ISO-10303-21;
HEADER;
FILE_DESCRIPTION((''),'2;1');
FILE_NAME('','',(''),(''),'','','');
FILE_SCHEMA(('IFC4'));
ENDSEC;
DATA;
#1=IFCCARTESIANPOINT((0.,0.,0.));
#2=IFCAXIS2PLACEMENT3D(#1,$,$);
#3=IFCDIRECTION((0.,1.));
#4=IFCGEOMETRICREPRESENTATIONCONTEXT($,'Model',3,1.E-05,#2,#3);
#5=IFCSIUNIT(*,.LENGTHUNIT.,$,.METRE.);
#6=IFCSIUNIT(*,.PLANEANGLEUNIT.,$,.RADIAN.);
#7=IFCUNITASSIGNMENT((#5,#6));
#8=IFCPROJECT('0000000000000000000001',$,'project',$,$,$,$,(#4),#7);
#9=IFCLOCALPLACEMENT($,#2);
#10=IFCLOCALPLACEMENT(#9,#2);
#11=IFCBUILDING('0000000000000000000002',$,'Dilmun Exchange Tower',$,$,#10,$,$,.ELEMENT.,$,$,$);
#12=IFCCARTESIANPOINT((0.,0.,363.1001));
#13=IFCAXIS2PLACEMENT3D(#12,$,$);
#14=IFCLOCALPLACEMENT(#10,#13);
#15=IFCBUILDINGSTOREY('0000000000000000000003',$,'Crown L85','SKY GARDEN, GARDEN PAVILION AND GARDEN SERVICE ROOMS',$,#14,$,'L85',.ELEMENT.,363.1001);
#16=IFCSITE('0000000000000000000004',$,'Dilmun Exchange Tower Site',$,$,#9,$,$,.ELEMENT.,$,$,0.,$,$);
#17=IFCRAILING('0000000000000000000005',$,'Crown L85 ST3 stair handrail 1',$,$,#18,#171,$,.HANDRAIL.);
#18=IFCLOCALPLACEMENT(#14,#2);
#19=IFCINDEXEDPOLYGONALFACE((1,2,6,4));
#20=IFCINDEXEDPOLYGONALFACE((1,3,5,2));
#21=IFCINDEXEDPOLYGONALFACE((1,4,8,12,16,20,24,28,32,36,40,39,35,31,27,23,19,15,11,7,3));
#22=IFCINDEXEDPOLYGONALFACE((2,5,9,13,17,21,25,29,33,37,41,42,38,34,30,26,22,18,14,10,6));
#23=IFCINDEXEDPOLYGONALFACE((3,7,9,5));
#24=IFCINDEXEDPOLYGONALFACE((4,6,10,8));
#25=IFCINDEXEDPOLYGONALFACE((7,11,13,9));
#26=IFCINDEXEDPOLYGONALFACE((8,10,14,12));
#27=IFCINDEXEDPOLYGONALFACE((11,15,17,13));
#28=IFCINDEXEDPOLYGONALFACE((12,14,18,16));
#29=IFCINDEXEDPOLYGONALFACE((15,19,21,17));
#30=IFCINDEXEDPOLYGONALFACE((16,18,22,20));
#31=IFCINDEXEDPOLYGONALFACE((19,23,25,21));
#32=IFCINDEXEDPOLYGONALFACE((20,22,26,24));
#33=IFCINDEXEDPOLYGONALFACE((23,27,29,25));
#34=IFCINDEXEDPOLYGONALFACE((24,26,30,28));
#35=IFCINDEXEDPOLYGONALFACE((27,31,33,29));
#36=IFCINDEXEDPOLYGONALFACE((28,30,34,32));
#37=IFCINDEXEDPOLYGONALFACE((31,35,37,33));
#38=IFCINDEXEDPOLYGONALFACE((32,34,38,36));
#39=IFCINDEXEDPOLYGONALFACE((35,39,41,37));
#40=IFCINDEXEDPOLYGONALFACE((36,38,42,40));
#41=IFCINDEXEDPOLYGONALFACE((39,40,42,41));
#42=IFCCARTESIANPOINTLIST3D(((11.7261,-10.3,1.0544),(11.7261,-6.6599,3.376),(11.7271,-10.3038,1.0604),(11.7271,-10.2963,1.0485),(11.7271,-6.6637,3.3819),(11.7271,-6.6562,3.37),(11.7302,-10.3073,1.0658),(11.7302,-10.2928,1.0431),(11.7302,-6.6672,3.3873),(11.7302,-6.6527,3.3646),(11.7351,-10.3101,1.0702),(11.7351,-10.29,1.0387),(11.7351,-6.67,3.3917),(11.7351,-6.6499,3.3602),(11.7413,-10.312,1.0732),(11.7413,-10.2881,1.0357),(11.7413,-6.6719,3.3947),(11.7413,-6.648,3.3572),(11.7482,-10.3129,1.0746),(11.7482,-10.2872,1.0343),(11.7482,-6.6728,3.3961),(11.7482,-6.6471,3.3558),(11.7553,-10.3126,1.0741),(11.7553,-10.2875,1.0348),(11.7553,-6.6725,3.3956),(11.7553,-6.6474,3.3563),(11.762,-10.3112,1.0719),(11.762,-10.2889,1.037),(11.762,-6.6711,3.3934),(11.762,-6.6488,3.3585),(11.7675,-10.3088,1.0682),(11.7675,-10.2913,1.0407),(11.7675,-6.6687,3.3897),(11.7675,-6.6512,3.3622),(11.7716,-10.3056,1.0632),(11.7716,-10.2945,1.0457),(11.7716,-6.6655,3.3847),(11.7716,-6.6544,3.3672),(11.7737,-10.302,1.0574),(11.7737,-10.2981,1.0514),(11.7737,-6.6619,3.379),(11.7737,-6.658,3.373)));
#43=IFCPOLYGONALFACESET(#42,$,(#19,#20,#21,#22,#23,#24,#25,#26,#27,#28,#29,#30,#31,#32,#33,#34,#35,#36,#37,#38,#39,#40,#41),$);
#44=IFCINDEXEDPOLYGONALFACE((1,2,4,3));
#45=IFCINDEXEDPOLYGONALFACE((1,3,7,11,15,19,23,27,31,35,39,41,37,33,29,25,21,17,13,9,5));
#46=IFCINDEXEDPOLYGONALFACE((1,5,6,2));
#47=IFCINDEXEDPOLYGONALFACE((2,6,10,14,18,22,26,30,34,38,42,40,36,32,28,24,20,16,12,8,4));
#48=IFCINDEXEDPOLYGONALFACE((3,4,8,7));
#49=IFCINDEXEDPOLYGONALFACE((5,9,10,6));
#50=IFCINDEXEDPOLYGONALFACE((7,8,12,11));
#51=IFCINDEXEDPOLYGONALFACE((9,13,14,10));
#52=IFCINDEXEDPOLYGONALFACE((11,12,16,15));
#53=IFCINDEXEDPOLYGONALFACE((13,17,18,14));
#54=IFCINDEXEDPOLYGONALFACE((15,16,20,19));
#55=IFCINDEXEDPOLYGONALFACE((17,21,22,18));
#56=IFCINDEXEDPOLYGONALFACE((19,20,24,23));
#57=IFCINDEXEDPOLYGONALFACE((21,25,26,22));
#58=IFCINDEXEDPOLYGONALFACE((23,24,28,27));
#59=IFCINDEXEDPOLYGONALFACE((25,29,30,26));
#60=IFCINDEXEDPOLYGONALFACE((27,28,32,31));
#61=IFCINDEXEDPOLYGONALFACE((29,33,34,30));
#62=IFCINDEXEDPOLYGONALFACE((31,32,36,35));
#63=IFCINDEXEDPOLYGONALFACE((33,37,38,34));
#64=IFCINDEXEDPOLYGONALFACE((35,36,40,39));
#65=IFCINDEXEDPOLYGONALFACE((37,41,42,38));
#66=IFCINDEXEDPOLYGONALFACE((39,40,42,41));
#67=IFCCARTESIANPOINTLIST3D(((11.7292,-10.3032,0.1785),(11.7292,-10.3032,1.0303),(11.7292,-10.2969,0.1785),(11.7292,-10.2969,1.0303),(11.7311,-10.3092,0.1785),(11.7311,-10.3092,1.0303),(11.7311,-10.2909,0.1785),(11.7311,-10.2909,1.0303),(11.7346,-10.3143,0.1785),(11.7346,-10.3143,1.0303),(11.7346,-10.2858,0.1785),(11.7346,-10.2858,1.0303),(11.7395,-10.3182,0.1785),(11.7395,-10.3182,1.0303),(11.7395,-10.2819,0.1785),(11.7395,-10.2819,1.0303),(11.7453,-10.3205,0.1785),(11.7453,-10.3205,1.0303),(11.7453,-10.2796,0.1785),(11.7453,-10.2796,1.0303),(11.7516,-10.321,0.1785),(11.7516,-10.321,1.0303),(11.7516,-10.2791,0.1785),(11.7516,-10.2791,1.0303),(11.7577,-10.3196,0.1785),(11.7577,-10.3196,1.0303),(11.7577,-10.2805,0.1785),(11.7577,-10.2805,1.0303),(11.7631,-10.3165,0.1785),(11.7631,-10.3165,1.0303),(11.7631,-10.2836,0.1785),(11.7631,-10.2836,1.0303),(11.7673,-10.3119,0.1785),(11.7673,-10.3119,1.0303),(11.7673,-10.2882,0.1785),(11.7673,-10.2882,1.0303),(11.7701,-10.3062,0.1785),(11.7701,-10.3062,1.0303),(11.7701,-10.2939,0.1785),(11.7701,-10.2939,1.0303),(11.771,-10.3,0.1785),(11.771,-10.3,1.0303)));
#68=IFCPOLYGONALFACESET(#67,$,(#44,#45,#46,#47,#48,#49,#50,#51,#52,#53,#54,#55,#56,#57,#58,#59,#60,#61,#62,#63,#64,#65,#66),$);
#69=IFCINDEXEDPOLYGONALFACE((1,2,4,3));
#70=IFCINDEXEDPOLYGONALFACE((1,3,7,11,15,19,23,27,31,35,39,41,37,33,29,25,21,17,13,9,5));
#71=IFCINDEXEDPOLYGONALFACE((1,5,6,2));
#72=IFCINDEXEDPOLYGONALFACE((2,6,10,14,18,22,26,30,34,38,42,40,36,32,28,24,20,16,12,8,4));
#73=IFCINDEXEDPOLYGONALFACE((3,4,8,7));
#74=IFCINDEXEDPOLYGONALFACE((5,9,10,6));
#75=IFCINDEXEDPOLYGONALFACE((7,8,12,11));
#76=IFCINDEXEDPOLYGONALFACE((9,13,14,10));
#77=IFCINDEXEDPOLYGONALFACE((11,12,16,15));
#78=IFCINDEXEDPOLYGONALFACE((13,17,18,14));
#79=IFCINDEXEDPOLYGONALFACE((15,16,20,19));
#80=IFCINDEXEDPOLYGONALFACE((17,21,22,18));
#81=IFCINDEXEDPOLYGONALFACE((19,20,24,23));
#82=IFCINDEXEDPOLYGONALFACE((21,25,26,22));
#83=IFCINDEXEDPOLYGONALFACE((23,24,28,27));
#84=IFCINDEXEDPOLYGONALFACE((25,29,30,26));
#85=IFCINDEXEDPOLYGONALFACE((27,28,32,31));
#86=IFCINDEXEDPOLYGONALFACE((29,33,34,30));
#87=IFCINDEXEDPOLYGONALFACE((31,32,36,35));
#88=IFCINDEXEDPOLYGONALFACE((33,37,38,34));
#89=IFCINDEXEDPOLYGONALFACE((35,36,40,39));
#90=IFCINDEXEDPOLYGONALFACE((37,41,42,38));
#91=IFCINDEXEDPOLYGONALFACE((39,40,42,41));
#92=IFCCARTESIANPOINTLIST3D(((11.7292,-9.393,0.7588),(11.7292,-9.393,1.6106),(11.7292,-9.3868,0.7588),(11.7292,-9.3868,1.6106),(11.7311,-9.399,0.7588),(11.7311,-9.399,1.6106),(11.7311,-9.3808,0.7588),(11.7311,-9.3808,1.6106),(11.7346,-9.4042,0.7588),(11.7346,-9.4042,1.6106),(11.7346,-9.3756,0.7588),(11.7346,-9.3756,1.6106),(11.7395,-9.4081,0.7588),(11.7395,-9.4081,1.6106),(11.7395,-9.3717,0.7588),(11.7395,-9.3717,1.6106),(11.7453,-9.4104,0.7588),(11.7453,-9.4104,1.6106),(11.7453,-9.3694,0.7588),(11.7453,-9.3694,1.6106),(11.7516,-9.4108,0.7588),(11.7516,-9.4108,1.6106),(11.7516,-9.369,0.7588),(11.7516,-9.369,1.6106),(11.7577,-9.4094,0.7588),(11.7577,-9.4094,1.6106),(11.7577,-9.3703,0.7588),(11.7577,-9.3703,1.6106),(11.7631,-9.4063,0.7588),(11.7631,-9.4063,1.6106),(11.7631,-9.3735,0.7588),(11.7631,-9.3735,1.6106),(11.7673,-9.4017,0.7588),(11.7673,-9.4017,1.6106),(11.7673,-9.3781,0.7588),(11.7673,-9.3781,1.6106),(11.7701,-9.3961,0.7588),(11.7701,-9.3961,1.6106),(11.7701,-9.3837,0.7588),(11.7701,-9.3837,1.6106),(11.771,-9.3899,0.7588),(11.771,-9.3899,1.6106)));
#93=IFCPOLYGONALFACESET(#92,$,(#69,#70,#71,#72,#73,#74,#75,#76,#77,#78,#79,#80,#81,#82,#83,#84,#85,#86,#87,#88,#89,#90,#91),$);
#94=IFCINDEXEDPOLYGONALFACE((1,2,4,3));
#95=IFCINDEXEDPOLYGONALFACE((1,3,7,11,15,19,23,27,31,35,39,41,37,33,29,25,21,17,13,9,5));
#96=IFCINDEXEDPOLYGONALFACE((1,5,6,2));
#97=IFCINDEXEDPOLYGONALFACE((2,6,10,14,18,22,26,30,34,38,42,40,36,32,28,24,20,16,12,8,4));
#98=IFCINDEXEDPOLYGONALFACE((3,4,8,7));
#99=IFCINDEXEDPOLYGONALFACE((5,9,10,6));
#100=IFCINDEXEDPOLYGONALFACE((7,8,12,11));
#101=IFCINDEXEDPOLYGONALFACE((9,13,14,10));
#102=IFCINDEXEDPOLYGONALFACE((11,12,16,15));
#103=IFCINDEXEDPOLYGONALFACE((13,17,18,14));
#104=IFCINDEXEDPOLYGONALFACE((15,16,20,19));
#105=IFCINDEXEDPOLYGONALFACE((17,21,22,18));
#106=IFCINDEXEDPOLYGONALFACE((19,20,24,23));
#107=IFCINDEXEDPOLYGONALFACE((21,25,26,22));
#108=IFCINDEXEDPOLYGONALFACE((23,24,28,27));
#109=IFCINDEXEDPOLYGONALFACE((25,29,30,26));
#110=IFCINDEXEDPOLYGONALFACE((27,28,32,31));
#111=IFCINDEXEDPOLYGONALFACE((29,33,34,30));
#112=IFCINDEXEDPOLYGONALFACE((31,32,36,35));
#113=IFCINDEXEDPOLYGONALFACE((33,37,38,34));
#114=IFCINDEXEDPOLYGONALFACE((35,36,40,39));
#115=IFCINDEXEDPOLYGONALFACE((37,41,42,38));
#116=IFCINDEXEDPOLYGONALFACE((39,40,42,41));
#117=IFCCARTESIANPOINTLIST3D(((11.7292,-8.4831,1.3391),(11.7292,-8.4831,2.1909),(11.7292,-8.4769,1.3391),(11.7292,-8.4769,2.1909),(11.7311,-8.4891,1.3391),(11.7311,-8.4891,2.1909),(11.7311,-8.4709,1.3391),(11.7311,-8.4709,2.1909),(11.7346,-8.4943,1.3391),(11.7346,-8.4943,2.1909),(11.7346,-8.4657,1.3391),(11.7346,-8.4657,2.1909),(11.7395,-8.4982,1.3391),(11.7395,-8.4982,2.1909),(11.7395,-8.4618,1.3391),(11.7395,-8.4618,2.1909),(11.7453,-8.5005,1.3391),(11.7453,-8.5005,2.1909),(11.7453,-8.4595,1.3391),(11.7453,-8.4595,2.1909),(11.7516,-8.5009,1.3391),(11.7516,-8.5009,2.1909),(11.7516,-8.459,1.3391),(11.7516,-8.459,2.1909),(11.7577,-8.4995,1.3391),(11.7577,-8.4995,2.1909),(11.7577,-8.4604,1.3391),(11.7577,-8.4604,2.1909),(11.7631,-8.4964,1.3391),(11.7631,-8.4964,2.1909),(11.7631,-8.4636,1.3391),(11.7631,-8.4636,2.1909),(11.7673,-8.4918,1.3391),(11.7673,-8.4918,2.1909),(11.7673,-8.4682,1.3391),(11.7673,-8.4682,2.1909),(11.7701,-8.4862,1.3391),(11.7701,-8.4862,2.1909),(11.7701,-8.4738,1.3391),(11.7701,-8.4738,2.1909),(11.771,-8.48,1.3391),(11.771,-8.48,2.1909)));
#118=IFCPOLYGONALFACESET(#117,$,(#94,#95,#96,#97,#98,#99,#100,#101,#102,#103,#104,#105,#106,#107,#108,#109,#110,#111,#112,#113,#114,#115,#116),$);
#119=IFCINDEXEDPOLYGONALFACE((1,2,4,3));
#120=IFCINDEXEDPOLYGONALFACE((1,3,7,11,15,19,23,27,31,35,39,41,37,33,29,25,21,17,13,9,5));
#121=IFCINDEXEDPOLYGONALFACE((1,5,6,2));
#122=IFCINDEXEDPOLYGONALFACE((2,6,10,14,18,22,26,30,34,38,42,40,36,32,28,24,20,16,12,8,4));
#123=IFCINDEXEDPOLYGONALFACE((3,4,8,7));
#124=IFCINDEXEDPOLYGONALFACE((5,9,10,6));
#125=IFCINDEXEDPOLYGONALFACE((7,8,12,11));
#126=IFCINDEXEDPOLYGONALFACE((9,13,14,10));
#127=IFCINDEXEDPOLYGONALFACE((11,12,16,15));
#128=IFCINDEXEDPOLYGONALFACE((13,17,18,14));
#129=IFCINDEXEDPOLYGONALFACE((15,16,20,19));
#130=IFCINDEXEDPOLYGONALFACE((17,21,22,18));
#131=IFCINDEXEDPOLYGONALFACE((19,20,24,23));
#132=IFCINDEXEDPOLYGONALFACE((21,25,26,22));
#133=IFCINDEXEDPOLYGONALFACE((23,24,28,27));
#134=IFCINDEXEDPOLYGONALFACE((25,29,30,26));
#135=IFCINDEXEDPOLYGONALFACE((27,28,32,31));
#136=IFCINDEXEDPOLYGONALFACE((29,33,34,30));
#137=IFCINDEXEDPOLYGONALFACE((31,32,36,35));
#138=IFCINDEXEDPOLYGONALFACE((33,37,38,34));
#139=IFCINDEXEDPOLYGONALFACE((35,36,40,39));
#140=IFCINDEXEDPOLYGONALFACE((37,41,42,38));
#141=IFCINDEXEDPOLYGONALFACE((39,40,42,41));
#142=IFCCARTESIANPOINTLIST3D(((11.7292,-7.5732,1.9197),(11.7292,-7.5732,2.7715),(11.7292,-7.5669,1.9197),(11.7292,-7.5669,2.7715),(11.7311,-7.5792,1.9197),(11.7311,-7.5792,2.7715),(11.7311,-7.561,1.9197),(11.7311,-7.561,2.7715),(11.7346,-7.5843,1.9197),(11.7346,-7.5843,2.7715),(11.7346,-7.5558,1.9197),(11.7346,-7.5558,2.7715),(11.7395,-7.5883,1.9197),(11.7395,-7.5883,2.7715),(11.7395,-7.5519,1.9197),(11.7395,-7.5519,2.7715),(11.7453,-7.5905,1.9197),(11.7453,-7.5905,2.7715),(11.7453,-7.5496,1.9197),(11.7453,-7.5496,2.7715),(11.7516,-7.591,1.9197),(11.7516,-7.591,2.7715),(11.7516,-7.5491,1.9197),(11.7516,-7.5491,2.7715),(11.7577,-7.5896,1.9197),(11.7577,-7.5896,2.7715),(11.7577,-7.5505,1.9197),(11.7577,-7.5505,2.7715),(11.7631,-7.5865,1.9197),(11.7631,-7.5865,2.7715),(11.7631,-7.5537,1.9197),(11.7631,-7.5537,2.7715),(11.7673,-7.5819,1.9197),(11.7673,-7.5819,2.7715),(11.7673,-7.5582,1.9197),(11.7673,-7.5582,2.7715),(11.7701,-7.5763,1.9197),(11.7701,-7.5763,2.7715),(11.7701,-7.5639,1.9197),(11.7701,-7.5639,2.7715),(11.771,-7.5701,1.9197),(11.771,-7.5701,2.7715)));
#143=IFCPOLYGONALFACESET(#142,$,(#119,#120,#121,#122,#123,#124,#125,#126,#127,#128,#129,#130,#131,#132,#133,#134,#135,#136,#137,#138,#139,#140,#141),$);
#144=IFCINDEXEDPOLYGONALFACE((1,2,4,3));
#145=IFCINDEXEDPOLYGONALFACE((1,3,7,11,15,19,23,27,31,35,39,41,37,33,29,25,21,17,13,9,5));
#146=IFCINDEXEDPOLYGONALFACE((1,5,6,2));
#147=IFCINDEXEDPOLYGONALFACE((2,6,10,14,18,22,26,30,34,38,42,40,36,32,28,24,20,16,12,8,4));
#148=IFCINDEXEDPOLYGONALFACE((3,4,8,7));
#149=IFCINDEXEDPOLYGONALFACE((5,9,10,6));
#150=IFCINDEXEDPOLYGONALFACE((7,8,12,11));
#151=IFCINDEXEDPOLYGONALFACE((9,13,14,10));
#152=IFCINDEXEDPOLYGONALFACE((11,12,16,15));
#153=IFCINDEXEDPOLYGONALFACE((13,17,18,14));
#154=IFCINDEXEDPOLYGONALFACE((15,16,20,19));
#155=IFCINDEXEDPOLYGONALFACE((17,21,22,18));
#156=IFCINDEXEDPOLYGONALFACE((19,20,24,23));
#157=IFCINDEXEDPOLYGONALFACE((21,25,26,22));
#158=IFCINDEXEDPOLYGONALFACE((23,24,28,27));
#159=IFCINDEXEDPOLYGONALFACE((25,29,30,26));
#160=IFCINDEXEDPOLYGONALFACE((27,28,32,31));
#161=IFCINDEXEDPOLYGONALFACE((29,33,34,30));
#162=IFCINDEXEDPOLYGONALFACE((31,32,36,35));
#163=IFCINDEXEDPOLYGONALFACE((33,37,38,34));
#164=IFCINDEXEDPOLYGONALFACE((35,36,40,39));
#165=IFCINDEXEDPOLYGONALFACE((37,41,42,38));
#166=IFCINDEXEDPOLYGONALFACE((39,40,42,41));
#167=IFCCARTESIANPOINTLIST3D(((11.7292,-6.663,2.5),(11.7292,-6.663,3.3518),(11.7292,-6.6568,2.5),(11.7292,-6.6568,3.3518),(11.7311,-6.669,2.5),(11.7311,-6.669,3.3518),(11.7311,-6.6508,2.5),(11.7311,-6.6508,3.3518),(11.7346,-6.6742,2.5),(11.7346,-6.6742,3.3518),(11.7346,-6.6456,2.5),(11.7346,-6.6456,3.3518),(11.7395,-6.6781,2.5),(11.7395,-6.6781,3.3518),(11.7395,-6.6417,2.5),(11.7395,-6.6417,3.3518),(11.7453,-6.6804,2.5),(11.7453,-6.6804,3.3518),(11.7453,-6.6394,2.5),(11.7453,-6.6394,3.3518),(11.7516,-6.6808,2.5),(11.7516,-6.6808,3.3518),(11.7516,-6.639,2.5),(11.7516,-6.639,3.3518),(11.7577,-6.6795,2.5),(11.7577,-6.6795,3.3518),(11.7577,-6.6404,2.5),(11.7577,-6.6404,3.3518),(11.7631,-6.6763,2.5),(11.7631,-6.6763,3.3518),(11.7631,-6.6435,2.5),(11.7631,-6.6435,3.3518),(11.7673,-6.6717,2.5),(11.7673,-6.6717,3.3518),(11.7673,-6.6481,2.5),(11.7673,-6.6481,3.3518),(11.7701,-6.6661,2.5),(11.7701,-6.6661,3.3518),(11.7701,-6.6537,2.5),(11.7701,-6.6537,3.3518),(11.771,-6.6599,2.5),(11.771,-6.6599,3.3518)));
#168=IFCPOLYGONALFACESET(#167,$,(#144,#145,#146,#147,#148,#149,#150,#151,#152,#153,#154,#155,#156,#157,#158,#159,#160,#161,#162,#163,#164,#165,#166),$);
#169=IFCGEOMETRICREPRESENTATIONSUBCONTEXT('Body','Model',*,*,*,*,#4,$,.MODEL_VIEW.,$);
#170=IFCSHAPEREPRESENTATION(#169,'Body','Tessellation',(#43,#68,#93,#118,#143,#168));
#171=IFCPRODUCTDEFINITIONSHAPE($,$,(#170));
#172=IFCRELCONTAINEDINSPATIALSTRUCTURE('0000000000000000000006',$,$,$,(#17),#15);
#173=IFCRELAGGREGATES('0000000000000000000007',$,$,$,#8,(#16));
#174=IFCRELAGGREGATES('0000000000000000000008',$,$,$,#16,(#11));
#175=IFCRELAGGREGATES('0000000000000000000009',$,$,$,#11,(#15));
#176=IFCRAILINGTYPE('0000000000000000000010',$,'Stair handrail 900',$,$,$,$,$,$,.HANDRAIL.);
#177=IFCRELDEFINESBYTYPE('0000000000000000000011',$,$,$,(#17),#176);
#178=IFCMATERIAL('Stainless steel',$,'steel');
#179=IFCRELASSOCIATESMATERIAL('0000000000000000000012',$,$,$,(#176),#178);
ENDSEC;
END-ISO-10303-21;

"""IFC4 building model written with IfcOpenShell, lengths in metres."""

from ifc_helpers import new_model, si_unit, direction, frame, origin, origin_2d, place, context, subcontext, project, spatial, circle, extrude, material, type_object, element, save


model = new_model("IFC4")

# Units and contexts
model_context = context("Model", 3, precision=1e-05, world=origin(), true_north=direction((0.0, 1.0)))
body_context = subcontext(model_context, "Body", "Model", "MODEL_VIEW")
ifc_project = project(units=[si_unit("LENGTHUNIT", "METRE"), si_unit("PLANEANGLEUNIT", "RADIAN")], contexts=[model_context])

# Site, building, storey
site_placement = place(None, origin())
site = spatial("IfcSite", under=ifc_project, at=site_placement, Name="Dilmun Exchange Tower Site", CompositionType="ELEMENT", RefElevation=0.0)
building_placement = place(site_placement, origin())
building = spatial("IfcBuilding", under=site, at=building_placement, Name="Dilmun Exchange Tower", CompositionType="ELEMENT")
storey_placement = place(building_placement, frame((0.0, 0.0, 363.1001)))
storey = spatial("IfcBuildingStorey", under=building, at=storey_placement, Name="Crown L85", Description="SKY GARDEN, GARDEN PAVILION AND GARDEN SERVICE ROOMS", LongName="L85", CompositionType="ELEMENT", Elevation=363.1001)

# Railing
ifc_material_1 = material(Name="Stainless steel", Category="steel")
railing_type = type_object("IfcRailingType", Name="Stair handrail 900", PredefinedType="HANDRAIL", material=ifc_material_1)
railing_1_placement = place(storey_placement, frame((11.75, -10.3, 0.1785)))
element("IfcRailing", 1, at=railing_1_placement, inside=storey, type_object=railing_type, Name="Crown L85 ST3 stair handrail 1", PredefinedType="HANDRAIL", context=body_context, shape_type="SweptSolid", body=[
    extrude(circle(Radius=0.0239, at=origin_2d()), frame((0.0, 0.0, 0.876), z_axis=(0.0, 0.843128, 0.537713), x_axis=(-1.0, 0.0, 0.0)), (0.0, 0.0, 1.0), 4.3174),
    extrude(circle(Radius=0.021, at=origin_2d()), origin(), (0.0, 0.0, 1.0), 0.8518),
    extrude(circle(Radius=0.021, at=origin_2d()), frame((0.0, 0.9102, 0.5803)), (0.0, 0.0, 1.0), 0.8518),
    extrude(circle(Radius=0.021, at=origin_2d()), frame((0.0, 1.8201, 1.1606)), (0.0, 0.0, 1.0), 0.8518),
    extrude(circle(Radius=0.021, at=origin_2d()), frame((0.0, 2.73, 1.7412)), (0.0, 0.0, 1.0), 0.8518),
    extrude(circle(Radius=0.021, at=origin_2d()), frame((0.0, 3.6401, 2.3215)), (0.0, 0.0, 1.0), 0.8518),
])

save(model, "model.ifc")
